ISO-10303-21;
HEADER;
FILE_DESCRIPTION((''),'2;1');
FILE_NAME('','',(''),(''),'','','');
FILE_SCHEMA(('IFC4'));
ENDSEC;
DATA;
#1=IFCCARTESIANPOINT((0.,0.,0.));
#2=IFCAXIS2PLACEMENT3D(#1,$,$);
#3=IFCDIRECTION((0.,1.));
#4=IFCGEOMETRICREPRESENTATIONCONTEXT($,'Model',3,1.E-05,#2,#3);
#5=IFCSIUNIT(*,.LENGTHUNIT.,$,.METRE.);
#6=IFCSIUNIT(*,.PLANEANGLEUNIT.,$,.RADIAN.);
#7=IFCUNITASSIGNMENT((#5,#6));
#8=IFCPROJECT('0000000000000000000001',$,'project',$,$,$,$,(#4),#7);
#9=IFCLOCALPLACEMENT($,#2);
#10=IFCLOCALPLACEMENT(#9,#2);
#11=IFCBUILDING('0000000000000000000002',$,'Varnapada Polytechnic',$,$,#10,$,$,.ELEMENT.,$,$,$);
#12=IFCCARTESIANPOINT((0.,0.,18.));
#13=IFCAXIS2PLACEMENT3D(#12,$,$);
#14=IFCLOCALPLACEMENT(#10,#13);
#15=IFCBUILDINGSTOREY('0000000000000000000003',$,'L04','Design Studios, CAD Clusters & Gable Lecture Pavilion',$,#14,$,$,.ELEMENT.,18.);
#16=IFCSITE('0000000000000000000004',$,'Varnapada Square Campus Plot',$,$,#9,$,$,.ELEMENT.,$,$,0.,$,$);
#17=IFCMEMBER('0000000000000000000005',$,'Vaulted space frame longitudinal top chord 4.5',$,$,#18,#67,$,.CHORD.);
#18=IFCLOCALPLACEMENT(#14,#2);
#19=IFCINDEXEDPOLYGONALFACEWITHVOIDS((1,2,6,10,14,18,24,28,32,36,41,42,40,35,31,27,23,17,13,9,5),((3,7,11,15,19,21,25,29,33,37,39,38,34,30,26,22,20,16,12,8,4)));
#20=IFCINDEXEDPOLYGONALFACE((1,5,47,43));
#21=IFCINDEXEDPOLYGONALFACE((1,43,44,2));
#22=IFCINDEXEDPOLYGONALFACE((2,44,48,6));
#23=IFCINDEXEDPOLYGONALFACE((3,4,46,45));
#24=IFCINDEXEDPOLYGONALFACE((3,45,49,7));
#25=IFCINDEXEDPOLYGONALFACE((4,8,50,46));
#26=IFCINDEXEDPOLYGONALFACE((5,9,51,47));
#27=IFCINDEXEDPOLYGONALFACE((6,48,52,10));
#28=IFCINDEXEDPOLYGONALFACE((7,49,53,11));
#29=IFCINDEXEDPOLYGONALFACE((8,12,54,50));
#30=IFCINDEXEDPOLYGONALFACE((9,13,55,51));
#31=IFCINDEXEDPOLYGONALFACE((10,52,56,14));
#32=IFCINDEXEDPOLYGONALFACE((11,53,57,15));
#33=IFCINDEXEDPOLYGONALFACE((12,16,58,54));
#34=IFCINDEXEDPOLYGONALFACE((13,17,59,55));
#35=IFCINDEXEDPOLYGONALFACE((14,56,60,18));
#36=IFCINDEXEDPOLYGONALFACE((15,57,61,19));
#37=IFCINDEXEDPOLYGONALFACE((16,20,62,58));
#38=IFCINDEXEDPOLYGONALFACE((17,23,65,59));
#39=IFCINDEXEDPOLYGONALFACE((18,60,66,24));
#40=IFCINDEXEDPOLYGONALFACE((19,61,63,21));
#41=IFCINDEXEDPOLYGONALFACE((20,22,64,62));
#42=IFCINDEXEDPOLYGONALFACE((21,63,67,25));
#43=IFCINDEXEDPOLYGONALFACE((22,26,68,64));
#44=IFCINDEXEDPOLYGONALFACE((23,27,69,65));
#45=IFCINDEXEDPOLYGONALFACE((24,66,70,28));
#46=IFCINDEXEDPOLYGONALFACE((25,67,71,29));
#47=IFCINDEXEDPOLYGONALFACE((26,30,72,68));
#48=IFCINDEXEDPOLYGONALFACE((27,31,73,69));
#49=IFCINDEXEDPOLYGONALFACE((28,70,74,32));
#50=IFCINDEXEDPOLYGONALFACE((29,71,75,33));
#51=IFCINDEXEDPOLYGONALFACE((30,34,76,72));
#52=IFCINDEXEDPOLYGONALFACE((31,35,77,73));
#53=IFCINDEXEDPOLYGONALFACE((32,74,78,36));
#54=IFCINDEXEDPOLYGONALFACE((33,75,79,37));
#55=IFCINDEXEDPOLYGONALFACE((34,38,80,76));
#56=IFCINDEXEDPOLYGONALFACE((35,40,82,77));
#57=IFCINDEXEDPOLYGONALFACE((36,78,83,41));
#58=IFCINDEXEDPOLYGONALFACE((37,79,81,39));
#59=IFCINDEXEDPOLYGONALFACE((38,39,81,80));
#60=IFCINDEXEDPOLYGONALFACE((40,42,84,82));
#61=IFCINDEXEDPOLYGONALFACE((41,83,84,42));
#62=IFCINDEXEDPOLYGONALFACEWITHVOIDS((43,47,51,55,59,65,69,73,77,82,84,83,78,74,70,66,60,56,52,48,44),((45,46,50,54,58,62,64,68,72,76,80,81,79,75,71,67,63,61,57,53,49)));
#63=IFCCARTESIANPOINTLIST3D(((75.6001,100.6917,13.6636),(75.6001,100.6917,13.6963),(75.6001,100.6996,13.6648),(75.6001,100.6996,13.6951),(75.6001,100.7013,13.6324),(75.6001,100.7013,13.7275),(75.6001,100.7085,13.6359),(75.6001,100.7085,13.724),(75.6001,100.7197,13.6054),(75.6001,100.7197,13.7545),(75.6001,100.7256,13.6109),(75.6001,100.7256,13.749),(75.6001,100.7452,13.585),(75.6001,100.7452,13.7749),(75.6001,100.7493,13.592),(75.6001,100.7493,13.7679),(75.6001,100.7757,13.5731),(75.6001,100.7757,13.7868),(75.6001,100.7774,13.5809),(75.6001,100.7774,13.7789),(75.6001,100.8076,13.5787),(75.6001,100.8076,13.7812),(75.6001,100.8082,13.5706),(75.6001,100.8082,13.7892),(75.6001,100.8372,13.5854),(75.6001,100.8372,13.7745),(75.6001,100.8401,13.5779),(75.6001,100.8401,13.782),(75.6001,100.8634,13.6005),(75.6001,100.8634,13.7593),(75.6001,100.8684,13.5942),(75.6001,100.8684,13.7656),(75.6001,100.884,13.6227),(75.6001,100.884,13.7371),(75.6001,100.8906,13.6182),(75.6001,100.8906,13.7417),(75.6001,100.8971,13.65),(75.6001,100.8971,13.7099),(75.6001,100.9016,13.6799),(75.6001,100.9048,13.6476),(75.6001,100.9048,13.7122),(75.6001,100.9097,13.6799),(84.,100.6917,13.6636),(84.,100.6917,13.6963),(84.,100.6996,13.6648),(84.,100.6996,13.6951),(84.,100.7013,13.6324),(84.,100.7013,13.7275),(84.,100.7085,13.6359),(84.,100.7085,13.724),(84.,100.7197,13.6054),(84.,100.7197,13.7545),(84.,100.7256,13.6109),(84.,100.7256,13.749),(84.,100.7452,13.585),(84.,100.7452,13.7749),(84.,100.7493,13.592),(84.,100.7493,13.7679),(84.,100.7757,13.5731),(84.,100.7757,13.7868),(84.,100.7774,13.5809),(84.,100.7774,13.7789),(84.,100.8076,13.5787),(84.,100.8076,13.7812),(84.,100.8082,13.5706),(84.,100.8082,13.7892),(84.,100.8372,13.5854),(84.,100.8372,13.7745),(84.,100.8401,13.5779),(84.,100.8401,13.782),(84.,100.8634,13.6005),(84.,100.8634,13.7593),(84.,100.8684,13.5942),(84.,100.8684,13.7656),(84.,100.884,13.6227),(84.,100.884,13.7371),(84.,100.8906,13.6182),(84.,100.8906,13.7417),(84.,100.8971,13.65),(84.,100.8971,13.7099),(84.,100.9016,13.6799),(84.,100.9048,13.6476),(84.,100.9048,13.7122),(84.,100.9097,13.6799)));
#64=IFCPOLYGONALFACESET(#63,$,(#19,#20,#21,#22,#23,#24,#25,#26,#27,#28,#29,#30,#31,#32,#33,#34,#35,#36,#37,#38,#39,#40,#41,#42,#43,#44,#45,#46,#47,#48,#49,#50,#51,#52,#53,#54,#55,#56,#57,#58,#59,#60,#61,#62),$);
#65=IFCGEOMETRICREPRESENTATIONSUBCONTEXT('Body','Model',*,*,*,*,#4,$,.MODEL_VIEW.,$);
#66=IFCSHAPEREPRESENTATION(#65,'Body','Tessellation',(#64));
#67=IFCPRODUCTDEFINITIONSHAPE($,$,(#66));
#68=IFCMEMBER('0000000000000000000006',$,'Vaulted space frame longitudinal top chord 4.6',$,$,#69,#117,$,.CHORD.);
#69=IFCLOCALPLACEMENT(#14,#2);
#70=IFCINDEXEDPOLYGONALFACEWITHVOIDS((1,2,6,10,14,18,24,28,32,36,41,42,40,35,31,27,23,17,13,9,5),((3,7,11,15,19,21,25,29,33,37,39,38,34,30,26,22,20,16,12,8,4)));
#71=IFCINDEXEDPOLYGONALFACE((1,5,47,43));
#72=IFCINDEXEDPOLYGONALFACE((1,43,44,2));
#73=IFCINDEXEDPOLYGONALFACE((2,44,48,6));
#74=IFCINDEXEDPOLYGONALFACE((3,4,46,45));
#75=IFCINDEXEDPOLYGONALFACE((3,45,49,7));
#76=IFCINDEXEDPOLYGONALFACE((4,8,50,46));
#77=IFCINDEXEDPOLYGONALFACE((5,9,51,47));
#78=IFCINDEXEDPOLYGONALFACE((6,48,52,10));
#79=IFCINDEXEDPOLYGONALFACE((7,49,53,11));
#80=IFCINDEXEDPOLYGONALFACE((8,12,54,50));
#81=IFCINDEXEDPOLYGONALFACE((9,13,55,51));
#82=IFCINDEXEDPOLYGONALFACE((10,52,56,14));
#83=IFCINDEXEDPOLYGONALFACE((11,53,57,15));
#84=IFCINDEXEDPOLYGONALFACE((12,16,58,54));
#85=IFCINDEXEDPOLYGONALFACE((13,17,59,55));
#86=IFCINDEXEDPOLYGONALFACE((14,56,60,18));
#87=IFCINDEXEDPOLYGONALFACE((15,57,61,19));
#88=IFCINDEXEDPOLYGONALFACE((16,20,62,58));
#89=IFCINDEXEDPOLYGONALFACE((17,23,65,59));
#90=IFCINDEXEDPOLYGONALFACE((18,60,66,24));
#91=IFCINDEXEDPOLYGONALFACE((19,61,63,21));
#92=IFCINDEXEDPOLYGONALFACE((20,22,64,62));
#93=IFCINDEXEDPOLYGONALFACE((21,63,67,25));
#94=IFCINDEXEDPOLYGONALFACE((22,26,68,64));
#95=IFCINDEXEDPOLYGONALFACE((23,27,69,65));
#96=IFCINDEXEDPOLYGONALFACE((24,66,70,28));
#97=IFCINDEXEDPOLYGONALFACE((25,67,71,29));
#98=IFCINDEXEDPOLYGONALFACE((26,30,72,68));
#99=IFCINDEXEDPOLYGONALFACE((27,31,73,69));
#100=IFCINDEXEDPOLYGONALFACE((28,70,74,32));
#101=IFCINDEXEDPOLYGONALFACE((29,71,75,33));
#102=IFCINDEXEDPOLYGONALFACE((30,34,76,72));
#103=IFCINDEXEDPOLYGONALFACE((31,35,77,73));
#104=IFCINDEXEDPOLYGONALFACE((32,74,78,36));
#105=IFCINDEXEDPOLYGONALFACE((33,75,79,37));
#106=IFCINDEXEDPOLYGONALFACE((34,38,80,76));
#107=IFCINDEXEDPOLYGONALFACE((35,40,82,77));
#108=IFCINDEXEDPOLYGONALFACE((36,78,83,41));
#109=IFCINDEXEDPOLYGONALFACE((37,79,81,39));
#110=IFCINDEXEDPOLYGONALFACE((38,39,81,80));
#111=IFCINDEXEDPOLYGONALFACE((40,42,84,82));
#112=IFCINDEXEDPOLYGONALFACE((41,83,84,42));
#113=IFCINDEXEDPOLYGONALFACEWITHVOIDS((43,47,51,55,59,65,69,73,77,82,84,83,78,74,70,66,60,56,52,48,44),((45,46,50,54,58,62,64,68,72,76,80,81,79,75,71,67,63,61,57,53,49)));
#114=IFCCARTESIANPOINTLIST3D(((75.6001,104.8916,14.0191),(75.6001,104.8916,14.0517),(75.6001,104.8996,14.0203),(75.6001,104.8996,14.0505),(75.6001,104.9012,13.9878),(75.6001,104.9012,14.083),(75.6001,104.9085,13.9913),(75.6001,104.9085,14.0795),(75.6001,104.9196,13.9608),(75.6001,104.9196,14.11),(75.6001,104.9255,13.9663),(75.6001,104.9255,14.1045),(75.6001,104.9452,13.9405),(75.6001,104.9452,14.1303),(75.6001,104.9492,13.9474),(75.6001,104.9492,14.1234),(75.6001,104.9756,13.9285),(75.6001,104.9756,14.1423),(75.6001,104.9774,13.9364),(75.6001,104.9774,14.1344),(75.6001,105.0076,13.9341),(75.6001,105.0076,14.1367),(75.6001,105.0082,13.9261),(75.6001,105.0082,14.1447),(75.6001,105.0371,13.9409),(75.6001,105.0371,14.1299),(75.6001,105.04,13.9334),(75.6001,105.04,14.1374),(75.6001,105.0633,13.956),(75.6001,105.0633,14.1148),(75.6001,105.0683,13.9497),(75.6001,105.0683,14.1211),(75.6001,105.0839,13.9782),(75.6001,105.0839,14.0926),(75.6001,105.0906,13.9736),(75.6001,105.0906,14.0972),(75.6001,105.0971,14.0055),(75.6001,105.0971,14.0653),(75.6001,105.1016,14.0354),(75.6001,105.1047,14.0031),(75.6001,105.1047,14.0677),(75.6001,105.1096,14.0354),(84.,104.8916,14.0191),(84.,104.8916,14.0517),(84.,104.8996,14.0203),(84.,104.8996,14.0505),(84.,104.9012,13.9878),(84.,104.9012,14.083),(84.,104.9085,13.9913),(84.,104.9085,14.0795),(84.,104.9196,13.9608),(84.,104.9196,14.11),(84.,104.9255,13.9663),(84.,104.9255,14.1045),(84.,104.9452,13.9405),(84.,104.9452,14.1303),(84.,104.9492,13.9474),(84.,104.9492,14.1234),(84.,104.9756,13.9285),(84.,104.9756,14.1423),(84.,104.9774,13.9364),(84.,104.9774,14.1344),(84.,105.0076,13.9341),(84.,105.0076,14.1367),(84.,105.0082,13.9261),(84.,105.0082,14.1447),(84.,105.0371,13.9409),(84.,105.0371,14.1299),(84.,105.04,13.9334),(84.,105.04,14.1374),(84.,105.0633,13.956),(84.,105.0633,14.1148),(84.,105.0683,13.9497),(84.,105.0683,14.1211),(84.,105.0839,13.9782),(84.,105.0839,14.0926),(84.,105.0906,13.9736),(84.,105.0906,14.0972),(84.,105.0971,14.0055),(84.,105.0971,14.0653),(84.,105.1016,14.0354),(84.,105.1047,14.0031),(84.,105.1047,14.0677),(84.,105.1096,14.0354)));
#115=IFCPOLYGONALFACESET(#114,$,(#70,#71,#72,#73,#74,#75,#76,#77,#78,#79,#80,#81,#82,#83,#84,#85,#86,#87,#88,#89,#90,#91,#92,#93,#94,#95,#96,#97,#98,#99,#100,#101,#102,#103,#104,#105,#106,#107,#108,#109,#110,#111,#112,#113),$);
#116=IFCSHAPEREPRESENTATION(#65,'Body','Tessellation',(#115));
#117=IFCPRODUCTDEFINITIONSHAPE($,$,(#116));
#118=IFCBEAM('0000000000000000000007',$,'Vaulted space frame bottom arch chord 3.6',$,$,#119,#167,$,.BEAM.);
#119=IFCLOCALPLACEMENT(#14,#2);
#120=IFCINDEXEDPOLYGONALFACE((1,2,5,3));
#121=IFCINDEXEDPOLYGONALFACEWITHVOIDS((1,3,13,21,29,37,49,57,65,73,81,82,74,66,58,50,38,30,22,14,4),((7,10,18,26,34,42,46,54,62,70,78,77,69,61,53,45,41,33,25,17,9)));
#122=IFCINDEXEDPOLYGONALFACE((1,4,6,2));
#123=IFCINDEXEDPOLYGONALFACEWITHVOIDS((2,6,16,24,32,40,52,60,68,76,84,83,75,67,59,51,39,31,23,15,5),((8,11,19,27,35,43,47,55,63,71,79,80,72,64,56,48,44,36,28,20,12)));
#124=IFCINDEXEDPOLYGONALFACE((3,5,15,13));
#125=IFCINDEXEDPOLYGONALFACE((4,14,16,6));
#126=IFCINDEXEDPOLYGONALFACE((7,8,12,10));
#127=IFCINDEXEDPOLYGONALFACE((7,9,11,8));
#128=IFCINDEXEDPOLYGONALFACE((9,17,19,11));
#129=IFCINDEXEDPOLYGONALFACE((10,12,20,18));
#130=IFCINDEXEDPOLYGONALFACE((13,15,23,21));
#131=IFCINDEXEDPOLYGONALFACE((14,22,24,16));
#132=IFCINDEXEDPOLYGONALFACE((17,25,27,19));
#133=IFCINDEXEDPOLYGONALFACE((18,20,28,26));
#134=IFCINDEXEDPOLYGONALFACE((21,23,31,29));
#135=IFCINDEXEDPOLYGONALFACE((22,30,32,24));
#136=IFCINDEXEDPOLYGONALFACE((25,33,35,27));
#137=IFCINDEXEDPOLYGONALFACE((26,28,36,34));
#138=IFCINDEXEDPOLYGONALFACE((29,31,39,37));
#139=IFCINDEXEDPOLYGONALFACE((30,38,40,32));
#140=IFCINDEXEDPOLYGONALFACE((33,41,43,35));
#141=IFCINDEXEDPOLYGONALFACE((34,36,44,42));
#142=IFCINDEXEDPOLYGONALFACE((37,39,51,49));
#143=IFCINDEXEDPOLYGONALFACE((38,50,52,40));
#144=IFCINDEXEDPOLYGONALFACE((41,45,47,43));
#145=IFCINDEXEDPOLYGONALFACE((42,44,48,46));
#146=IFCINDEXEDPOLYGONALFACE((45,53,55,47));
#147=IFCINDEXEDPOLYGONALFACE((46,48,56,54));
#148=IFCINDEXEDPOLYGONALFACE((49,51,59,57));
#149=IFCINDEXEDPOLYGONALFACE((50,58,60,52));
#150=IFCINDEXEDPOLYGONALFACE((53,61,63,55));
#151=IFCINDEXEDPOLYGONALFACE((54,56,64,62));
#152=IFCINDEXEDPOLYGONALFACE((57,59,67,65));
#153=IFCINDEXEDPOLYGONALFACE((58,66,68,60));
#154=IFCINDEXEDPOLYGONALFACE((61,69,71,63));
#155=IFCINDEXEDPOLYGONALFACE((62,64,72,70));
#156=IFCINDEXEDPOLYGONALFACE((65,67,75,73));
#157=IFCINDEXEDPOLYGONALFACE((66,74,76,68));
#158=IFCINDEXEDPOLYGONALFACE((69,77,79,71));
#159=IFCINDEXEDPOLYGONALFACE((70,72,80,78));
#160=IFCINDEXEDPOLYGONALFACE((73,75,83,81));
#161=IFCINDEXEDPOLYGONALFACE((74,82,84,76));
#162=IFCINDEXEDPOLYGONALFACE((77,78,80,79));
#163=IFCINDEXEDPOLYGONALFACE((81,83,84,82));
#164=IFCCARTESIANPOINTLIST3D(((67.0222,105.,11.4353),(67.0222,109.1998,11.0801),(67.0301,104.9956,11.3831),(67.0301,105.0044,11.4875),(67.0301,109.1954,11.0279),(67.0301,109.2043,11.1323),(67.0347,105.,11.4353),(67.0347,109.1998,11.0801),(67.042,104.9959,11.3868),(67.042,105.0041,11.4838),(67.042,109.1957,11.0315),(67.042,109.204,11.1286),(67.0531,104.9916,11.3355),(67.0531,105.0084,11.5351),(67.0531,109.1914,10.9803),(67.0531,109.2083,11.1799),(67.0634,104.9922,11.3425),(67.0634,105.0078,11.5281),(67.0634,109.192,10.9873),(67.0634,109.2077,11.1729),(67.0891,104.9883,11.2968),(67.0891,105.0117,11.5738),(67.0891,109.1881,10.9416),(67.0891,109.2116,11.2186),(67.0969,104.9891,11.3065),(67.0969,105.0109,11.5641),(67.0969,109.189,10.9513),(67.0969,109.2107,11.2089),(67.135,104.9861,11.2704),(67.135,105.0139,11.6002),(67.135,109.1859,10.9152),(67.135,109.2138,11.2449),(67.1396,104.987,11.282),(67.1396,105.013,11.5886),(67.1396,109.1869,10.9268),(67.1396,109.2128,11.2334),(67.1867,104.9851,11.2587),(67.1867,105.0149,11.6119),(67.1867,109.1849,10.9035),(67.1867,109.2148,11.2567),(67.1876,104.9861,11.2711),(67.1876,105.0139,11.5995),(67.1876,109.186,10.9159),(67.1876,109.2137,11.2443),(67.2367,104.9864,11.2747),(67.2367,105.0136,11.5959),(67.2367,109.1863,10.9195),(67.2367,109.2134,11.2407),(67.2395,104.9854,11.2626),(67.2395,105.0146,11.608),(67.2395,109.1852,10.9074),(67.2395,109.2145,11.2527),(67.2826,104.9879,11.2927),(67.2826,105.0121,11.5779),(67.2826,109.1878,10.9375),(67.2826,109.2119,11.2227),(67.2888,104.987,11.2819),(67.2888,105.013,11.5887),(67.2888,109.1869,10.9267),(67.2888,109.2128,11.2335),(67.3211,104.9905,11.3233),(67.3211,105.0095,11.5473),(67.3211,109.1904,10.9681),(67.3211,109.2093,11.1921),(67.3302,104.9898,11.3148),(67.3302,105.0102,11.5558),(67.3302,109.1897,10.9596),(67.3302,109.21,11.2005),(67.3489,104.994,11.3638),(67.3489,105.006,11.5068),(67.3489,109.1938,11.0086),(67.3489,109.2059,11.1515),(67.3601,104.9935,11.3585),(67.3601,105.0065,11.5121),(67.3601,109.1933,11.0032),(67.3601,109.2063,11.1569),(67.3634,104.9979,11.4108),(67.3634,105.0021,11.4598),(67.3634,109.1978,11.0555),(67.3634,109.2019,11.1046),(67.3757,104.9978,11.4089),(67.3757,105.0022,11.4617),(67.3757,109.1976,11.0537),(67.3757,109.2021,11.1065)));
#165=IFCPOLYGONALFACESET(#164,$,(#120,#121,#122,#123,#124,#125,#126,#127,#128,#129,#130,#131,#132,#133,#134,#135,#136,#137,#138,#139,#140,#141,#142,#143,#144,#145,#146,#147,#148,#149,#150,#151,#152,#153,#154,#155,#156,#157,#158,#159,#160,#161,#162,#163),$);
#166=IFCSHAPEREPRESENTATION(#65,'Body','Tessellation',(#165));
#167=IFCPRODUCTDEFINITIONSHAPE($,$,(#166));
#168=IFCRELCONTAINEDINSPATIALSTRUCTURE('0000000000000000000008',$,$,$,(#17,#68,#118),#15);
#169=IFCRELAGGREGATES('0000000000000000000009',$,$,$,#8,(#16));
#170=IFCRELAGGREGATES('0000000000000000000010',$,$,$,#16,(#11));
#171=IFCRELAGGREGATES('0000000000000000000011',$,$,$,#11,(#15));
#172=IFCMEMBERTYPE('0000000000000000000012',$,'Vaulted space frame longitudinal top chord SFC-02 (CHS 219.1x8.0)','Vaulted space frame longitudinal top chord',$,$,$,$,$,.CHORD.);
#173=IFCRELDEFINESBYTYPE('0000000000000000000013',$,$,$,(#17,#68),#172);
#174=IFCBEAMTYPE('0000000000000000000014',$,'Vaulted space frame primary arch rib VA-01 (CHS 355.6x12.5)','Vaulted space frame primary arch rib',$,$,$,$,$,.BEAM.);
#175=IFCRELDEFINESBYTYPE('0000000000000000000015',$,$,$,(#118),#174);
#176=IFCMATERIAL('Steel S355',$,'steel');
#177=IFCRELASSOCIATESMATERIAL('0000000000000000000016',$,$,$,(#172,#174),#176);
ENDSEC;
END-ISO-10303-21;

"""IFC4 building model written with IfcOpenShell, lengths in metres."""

from ifc_helpers import new_model, si_unit, direction, frame, origin, origin_2d, place, context, subcontext, project, spatial, hollow_circle, extrude, material, material_profile, profile_set, type_object, element, save


model = new_model("IFC4")

# Units and contexts
model_context = context("Model", 3, precision=1e-05, world=origin(), true_north=direction((0.0, 1.0)))
body_context = subcontext(model_context, "Body", "Model", "MODEL_VIEW")
ifc_project = project(units=[si_unit("LENGTHUNIT", "METRE"), si_unit("PLANEANGLEUNIT", "RADIAN")], contexts=[model_context])

# Site, building, storey
site_placement = place(None, origin())
site = spatial("IfcSite", under=ifc_project, at=site_placement, Name="Varnapada Square Campus Plot", CompositionType="ELEMENT", RefElevation=0.0)
building_placement = place(site_placement, origin())
building = spatial("IfcBuilding", under=site, at=building_placement, Name="Varnapada Polytechnic", CompositionType="ELEMENT")
storey_placement = place(building_placement, frame((0.0, 0.0, 18.0)))
storey = spatial("IfcBuildingStorey", under=building, at=storey_placement, Name="L04", Description="Design Studios, CAD Clusters & Gable Lecture Pavilion", CompositionType="ELEMENT", Elevation=18.0)

# Members
ifc_material = material(Name="Steel S355", Category="steel")
ifc_material_profile_1 = material_profile(ifc_material, hollow_circle(Radius=0.1096, WallThickness=0.0081, at=origin_2d()), Name="CHS 219.1x8.0")
ifc_profile_set_1 = profile_set([ifc_material_profile_1], Name="Steel S355")
member_type_1 = type_object("IfcMemberType", Name="Vaulted space frame longitudinal top chord SFC-02 (CHS 219.1x8.0)", Description="Vaulted space frame longitudinal top chord", PredefinedType="CHORD", material=ifc_profile_set_1)
for number, where, z_axis, x_axis, name in (
    (1, (75.6001, 100.8, 13.6799), (1.0, 0.0, 0.0), (0.0, 1.0, 0.0), "Vaulted space frame longitudinal top chord 4.5"),
    (2, (75.6001, 105.0, 14.0354), (1.0, 0.0, 0.0), (0.0, 1.0, 0.0), "Vaulted space frame longitudinal top chord 4.6"),
):
    element("IfcMember", number, at=place(storey_placement, frame(where, z_axis=z_axis, x_axis=x_axis)), inside=storey, type_object=member_type_1, Name=name, PredefinedType="CHORD", context=body_context, shape_type="SweptSolid", body=[
        extrude(hollow_circle(Radius=0.1096, WallThickness=0.0081, at=origin_2d()), origin(), (0.0, 0.0, 1.0), 8.3999),
    ])

# Beam
ifc_material_profile_2 = material_profile(ifc_material, hollow_circle(Radius=0.1777, WallThickness=0.0125, at=origin_2d()), Name="CHS 355.6x12.5")
ifc_profile_set_2 = profile_set([ifc_material_profile_2], Name="Steel S355")
beam_type_1 = type_object("IfcBeamType", Name="Vaulted space frame primary arch rib VA-01 (CHS 355.6x12.5)", Description="Vaulted space frame primary arch rib", PredefinedType="BEAM", material=ifc_profile_set_2)
beam_1_placement = place(storey_placement, frame((67.2, 105.0, 11.4353), z_axis=(0.0, 0.996442, -0.084277), x_axis=(-1.0, 0.0, 0.0)))
element("IfcBeam", 3, at=beam_1_placement, inside=storey, type_object=beam_type_1, Name="Vaulted space frame bottom arch chord 3.6", PredefinedType="BEAM", context=body_context, shape_type="SweptSolid", body=[
    extrude(hollow_circle(Radius=0.1777, WallThickness=0.0125, at=origin_2d()), origin(), (0.0, 0.0, 1.0), 4.2148),
])

save(model, "model.ifc")
